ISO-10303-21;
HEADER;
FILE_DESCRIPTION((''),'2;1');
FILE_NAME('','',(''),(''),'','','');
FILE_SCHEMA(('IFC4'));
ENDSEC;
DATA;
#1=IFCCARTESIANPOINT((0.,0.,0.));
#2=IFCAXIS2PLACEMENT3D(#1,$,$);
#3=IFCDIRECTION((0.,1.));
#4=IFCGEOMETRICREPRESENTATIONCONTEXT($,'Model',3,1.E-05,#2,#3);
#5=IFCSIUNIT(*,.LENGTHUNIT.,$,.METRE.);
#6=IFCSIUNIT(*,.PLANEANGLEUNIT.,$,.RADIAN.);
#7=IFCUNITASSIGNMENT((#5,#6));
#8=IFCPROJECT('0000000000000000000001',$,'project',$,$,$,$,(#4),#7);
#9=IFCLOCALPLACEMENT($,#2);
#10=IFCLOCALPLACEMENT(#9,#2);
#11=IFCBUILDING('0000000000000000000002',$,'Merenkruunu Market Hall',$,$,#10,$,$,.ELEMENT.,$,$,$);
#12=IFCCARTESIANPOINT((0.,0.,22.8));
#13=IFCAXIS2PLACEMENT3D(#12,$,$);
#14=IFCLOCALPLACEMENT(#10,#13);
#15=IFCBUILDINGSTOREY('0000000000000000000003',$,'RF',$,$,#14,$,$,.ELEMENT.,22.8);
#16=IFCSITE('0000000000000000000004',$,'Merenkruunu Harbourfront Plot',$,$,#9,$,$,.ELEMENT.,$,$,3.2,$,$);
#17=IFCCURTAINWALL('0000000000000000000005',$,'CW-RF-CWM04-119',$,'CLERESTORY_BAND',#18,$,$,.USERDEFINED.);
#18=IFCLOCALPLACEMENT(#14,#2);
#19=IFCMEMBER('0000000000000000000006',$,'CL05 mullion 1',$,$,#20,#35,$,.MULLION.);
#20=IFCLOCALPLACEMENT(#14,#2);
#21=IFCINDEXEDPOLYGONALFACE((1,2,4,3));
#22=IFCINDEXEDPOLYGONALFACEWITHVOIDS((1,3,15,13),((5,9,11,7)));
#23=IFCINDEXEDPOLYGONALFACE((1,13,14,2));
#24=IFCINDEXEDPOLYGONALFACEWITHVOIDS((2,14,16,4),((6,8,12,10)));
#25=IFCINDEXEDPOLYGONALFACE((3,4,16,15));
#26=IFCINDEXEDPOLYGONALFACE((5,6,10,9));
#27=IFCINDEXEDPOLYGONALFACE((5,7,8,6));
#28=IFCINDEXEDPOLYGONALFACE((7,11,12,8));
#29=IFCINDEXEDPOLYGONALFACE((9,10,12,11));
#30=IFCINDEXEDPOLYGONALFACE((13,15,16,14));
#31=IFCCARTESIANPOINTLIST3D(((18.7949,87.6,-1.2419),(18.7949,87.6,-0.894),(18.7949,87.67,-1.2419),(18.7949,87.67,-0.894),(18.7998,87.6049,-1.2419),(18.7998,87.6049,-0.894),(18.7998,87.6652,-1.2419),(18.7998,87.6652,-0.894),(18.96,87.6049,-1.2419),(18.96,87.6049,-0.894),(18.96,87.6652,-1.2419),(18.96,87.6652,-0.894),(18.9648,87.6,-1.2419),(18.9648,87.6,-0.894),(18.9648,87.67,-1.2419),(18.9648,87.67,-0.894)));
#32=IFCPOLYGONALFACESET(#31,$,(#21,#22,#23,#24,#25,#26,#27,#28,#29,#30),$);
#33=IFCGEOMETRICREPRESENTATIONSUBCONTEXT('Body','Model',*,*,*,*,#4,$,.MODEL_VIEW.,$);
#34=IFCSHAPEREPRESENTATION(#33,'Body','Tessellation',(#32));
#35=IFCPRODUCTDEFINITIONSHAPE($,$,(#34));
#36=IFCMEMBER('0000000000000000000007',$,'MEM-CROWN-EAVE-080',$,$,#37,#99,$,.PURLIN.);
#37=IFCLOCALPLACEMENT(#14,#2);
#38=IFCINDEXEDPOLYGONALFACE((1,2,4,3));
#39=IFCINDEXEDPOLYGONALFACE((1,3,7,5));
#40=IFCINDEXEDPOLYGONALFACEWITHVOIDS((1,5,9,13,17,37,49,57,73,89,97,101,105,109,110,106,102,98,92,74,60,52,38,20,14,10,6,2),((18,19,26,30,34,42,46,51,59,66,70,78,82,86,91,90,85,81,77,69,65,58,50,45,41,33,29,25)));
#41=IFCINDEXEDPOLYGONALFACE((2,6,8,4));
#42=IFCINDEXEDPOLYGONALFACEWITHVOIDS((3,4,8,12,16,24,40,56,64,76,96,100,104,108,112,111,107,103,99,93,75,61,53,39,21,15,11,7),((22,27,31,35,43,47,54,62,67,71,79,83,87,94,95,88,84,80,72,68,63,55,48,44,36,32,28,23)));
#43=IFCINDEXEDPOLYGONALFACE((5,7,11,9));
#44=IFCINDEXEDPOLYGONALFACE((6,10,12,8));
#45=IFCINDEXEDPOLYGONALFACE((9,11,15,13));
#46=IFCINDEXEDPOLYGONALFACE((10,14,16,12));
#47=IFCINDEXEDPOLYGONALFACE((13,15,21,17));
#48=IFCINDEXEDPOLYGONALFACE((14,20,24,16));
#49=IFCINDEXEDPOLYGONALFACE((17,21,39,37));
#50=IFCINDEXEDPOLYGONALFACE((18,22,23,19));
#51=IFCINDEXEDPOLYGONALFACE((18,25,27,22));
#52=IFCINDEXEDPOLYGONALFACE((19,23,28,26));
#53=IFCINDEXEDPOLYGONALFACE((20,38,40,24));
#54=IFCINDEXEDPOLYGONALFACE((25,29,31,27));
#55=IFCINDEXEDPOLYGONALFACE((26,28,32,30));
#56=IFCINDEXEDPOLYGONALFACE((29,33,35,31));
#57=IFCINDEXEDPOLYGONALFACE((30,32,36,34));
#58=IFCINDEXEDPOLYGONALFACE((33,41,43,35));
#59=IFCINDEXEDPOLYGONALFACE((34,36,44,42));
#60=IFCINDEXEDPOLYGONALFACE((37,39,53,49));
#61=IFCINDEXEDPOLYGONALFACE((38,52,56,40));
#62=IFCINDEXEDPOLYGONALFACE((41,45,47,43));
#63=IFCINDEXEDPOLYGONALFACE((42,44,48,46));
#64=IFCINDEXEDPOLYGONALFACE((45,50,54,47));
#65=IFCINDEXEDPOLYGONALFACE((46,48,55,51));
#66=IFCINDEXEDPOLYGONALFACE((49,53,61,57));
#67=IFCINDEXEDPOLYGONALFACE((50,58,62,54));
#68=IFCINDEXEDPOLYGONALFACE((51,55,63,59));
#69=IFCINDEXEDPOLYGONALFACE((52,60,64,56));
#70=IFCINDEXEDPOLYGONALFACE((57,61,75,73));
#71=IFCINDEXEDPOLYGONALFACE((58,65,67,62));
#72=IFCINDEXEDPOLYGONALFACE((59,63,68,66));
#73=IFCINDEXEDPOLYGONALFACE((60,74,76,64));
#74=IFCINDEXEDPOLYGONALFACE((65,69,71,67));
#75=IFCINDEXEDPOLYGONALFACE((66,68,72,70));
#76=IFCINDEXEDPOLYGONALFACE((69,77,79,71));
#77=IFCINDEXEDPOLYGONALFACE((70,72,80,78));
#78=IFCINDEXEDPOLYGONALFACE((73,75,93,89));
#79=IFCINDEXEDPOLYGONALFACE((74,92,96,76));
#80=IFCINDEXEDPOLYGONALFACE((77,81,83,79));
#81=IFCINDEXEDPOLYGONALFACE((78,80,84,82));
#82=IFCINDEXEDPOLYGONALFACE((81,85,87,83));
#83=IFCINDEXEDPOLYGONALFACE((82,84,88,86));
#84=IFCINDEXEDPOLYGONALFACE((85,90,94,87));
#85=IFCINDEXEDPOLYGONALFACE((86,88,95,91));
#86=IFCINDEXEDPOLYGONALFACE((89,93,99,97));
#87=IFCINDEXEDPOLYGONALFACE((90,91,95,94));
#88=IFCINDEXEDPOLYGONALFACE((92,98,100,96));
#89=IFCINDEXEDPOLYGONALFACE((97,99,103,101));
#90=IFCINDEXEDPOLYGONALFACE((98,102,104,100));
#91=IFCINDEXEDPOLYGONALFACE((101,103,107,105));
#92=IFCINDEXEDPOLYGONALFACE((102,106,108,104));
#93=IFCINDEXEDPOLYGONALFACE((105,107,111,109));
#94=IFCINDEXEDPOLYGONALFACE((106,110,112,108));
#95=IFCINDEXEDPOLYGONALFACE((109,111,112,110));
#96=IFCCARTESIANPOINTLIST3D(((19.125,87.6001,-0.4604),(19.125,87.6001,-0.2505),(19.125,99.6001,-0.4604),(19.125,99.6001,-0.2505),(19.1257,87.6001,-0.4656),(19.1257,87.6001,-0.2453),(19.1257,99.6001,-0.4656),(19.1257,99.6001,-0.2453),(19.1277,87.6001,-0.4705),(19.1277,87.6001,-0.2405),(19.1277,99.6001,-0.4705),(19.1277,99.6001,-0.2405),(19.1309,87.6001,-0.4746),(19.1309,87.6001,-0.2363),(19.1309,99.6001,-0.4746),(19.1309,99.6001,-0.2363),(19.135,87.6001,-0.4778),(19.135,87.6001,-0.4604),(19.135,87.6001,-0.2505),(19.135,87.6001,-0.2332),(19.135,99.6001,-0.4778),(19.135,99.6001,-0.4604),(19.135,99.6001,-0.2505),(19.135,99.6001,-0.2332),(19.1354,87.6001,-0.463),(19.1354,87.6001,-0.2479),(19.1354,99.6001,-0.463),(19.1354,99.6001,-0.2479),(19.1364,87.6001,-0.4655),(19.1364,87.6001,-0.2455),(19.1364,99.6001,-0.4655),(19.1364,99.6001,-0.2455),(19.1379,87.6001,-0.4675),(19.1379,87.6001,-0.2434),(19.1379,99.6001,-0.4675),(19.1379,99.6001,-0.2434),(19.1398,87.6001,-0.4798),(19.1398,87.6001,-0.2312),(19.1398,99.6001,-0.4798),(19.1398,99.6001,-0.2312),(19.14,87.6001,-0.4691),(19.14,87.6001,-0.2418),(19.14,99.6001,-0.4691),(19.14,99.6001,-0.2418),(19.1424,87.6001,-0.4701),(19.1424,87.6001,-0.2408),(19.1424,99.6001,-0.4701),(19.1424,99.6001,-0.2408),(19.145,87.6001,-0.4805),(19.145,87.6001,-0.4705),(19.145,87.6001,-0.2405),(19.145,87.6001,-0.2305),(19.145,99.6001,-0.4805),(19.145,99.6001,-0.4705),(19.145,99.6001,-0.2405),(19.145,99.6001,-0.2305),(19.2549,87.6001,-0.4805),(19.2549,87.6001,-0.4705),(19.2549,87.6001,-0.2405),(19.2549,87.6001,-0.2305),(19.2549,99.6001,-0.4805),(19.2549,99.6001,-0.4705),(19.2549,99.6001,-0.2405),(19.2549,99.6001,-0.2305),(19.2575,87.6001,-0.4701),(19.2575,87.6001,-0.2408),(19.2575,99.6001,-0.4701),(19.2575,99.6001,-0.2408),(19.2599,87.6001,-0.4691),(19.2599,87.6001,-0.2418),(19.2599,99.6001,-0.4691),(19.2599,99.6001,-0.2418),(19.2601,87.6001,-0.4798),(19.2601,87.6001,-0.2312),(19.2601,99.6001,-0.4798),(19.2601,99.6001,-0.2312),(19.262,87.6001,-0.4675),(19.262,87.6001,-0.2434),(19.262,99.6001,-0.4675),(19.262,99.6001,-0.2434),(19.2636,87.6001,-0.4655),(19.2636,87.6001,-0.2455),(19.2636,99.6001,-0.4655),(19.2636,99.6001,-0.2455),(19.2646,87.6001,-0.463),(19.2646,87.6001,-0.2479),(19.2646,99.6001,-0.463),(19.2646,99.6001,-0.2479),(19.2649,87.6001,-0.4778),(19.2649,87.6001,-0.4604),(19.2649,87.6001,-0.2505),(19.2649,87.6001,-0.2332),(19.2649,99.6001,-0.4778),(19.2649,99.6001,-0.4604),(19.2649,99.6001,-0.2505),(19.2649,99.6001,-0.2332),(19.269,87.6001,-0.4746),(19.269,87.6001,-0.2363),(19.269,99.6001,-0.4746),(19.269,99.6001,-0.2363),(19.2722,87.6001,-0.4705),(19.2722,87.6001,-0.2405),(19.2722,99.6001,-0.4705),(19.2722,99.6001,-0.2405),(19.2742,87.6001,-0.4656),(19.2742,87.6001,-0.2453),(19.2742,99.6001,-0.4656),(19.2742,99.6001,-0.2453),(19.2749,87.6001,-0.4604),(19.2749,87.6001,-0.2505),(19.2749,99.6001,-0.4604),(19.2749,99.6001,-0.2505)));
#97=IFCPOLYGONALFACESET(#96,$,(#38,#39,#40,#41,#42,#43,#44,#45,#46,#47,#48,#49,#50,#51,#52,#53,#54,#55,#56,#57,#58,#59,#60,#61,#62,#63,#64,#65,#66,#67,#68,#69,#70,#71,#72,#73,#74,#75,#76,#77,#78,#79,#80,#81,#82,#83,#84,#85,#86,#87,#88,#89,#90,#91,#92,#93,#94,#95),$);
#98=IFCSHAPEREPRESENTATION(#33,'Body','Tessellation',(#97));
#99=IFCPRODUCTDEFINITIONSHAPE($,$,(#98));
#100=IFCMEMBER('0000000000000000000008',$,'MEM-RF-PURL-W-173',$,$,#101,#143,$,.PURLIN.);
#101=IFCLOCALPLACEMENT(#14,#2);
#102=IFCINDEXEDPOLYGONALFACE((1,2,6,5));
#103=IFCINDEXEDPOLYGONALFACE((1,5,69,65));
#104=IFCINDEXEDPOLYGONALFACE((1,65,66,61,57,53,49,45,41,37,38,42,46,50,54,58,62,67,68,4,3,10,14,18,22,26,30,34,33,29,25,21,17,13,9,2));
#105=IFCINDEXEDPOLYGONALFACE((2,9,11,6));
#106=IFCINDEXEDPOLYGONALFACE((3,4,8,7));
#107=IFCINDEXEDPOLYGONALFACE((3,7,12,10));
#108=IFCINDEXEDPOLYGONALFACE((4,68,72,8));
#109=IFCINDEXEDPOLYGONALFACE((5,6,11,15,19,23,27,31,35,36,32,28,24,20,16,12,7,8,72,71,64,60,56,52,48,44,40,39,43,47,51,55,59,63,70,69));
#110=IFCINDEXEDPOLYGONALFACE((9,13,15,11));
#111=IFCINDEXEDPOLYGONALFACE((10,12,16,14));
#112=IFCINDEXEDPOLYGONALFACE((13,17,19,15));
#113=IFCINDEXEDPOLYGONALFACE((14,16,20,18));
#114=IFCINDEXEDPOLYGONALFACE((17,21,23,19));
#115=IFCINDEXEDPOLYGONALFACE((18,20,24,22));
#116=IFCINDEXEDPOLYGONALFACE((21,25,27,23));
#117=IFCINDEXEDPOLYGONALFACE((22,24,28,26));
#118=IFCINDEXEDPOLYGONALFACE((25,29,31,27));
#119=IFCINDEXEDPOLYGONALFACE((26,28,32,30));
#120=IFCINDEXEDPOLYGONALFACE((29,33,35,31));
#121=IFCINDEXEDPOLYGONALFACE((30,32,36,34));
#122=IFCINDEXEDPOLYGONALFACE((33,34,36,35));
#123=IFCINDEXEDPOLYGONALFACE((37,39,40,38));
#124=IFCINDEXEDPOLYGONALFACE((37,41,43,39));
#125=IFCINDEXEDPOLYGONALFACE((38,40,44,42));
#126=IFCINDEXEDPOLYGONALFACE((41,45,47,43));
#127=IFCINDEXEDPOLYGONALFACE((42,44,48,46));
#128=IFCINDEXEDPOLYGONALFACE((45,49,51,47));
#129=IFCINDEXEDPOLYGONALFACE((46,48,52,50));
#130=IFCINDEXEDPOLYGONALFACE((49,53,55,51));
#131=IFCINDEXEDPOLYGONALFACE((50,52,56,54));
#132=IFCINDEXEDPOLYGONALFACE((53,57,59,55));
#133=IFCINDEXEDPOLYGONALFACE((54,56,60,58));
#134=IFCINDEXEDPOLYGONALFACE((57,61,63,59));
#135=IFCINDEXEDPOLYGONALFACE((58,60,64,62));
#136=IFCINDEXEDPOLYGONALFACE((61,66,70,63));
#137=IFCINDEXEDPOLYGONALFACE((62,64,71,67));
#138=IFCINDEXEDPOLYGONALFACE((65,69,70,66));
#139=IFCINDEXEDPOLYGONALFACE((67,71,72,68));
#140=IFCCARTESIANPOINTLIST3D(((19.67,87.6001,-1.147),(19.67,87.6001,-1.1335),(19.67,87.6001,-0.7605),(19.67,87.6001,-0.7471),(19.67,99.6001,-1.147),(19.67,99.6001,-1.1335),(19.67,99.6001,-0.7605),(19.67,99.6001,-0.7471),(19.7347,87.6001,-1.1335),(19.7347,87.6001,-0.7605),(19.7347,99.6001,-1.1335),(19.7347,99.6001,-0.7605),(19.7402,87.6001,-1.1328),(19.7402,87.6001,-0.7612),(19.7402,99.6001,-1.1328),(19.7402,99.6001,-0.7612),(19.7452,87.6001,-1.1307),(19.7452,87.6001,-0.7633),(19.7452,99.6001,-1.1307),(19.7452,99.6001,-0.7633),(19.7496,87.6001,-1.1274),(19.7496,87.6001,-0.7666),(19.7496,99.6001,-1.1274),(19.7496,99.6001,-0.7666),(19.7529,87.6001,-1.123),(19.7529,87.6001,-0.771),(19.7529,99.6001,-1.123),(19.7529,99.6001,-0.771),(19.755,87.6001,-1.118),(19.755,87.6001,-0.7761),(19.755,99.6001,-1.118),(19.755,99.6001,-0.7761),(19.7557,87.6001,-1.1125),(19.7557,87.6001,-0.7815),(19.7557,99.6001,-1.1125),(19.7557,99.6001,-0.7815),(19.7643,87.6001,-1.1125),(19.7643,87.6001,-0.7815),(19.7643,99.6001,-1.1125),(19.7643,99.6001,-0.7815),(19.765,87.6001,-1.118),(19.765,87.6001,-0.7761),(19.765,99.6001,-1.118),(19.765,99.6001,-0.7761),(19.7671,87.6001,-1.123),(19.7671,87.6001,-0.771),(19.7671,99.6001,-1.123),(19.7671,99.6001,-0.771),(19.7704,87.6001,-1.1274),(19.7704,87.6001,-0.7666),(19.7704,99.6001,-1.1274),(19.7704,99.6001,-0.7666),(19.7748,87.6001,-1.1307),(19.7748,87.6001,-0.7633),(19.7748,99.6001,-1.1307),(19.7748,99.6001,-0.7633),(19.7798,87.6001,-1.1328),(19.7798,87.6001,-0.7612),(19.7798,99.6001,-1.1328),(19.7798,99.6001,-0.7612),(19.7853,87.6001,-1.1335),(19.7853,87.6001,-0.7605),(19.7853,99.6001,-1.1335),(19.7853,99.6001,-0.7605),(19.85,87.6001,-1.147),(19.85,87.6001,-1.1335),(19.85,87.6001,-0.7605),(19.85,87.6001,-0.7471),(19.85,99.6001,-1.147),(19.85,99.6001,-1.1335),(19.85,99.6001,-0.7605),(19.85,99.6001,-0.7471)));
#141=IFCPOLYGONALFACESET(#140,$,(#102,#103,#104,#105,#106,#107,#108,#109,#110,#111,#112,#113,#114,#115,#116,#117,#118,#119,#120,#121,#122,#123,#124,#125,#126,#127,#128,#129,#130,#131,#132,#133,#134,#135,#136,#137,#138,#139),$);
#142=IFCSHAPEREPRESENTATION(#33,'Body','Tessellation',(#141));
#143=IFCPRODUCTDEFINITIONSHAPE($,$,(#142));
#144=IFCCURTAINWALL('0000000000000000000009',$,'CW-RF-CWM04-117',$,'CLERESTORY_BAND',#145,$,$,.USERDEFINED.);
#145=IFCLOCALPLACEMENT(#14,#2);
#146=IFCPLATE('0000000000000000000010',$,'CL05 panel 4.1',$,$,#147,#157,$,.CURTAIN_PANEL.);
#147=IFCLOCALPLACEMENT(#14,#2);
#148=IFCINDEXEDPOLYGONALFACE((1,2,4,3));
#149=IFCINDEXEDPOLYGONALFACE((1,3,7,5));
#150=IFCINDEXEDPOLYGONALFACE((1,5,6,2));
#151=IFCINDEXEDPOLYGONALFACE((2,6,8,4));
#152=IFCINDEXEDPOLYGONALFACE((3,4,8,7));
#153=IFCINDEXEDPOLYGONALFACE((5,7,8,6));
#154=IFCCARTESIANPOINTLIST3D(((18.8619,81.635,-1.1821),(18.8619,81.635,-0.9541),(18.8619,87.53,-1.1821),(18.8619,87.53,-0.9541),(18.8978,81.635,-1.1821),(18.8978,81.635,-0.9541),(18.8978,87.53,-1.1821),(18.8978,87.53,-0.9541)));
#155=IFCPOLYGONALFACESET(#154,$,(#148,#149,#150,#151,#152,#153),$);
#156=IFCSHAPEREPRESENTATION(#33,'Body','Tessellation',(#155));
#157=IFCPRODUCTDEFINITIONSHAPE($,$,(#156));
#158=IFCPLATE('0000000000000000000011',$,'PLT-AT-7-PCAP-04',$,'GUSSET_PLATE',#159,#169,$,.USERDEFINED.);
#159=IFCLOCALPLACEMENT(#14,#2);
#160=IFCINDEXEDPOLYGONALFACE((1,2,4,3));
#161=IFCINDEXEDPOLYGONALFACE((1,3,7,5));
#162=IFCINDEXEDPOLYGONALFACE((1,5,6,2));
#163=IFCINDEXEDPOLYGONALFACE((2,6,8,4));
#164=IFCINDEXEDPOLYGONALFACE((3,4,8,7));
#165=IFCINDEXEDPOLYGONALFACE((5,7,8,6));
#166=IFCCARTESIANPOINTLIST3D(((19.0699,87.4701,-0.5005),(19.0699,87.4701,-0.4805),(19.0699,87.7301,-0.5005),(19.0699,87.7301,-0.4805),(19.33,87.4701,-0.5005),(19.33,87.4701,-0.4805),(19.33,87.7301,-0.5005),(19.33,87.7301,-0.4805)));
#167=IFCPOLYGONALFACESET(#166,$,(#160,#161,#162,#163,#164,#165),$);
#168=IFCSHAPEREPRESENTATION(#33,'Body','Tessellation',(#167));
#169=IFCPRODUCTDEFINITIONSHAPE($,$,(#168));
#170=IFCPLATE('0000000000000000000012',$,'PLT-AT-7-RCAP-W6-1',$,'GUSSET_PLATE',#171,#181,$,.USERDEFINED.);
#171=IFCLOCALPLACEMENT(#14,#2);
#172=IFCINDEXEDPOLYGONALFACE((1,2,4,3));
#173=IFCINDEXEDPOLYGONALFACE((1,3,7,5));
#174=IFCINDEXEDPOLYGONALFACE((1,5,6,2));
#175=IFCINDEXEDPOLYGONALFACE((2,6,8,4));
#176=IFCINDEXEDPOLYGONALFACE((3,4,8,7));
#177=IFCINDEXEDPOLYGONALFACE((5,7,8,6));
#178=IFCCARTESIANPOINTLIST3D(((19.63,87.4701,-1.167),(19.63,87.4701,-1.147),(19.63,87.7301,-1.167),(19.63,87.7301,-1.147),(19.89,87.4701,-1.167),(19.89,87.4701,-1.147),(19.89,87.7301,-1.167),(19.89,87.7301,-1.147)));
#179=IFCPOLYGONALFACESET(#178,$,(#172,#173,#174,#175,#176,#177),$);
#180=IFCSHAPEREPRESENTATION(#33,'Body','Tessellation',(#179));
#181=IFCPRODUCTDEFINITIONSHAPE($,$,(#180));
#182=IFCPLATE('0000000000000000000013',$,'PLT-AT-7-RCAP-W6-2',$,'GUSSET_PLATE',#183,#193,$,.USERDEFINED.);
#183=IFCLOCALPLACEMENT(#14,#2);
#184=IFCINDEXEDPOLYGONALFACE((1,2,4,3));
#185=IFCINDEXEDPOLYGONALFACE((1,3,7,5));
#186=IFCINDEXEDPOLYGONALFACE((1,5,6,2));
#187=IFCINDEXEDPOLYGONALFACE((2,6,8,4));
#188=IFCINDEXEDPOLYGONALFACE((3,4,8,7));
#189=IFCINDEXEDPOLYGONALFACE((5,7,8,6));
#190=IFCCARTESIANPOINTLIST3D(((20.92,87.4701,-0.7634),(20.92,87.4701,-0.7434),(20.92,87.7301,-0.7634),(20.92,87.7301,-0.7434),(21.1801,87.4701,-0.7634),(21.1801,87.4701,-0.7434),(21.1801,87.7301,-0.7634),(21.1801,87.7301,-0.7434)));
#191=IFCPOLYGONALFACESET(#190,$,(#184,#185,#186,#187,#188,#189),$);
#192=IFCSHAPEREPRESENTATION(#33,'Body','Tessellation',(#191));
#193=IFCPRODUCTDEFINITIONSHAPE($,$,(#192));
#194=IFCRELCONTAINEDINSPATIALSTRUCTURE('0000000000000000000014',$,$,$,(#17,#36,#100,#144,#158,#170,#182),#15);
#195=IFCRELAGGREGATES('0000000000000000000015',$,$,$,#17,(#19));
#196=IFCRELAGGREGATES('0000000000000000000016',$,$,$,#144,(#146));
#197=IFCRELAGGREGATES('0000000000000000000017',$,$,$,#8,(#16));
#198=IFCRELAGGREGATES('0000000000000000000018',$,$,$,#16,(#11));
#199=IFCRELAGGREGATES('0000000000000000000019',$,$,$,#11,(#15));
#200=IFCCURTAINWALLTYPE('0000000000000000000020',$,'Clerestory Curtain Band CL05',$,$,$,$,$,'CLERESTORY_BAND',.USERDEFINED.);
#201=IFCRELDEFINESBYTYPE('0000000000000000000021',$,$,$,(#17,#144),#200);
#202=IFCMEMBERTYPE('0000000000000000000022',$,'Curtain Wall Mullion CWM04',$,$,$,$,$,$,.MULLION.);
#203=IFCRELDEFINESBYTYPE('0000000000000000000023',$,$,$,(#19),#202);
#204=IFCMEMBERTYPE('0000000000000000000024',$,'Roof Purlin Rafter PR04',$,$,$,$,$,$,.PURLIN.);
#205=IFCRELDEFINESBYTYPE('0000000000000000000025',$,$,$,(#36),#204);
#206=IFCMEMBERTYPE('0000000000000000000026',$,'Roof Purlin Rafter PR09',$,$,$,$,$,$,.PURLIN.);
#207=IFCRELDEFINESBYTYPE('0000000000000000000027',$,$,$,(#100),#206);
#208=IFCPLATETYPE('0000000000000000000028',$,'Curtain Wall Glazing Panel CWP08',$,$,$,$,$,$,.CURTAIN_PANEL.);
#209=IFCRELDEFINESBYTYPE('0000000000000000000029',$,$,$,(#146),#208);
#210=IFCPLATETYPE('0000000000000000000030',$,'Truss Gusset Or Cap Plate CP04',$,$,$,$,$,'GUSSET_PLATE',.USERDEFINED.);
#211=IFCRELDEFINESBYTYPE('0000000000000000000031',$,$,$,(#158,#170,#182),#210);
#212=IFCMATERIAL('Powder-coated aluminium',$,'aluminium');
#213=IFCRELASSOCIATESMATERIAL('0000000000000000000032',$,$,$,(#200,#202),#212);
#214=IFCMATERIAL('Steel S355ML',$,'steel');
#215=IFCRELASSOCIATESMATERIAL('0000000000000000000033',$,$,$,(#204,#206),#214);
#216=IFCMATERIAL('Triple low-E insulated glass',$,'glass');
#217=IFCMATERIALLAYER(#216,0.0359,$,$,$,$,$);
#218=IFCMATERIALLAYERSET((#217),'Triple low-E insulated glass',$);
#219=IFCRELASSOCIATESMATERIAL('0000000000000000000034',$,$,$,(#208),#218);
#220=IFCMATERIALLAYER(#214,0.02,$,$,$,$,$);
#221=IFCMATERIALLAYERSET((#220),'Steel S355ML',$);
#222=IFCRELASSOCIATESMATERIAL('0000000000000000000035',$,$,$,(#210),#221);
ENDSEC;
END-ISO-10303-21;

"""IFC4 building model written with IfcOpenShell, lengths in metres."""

from ifc_helpers import new_model, si_unit, direction, frame, origin, origin_2d, place, context, subcontext, project, spatial, rectangle, hollow_rectangle, i_section, extrude, material, layer, layer_set, material_profile, profile_set, type_object, element, aggregate, save


model = new_model("IFC4")

# Units and contexts
model_context = context("Model", 3, precision=1e-05, world=origin(), true_north=direction((0.0, 1.0)))
body_context = subcontext(model_context, "Body", "Model", "MODEL_VIEW")
ifc_project = project(units=[si_unit("LENGTHUNIT", "METRE"), si_unit("PLANEANGLEUNIT", "RADIAN")], contexts=[model_context])

# Site, building, storey
site_placement = place(None, origin())
site = spatial("IfcSite", under=ifc_project, at=site_placement, Name="Merenkruunu Harbourfront Plot", CompositionType="ELEMENT", RefElevation=3.2)
building_placement = place(site_placement, origin())
building = spatial("IfcBuilding", under=site, at=building_placement, Name="Merenkruunu Market Hall", CompositionType="ELEMENT")
storey_placement = place(building_placement, frame((0.0, 0.0, 22.8)))
storey = spatial("IfcBuildingStorey", under=building, at=storey_placement, Name="RF", CompositionType="ELEMENT", Elevation=22.8)

# Curtain wall, member
ifc_material_1 = material(Name="Powder-coated aluminium", Category="aluminium")
curtain_wall_type = type_object("IfcCurtainWallType", Name="Clerestory Curtain Band CL05", ElementType="CLERESTORY_BAND", PredefinedType="USERDEFINED", material=ifc_material_1)
curtain_wall_1_placement = place(storey_placement, origin())
curtain_wall_1 = element("IfcCurtainWall", 1, at=curtain_wall_1_placement, inside=storey, type_object=curtain_wall_type, Name="CW-RF-CWM04-119", ObjectType="CLERESTORY_BAND", PredefinedType="USERDEFINED")
ifc_material_profile_1 = material_profile(ifc_material_1, hollow_rectangle(XDim=0.0701, YDim=0.1699, WallThickness=0.0049, at=origin_2d()), Name="ALU 70x170x5")
ifc_profile_set_1 = profile_set([ifc_material_profile_1], Name="Powder-coated aluminium")
member_type_1 = type_object("IfcMemberType", Name="Curtain Wall Mullion CWM04", PredefinedType="MULLION", material=ifc_profile_set_1)
member_1_placement = place(storey_placement, frame((18.8799, 87.635, -1.2419), z_axis=(0.0, 0.0, 1.0), x_axis=(0.0, 1.0, 0.0)))
member_1 = element("IfcMember", 2, at=member_1_placement, type_object=member_type_1, Name="CL05 mullion 1", PredefinedType="MULLION", context=body_context, shape_type="SweptSolid", body=[
    extrude(hollow_rectangle(XDim=0.0701, YDim=0.1699, WallThickness=0.0049, at=origin_2d()), origin(), (0.0, 0.0, 1.0), 0.3479),
])
aggregate(curtain_wall_1, [member_1])

# Members
ifc_material_2 = material(Name="Steel S355ML", Category="steel")
ifc_material_profile_2 = material_profile(ifc_material_2, hollow_rectangle(XDim=0.1499, YDim=0.25, WallThickness=0.01, InnerFilletRadius=0.01, OuterFilletRadius=0.02, at=origin_2d()), Name="RHS 250x150x10")
ifc_profile_set_2 = profile_set([ifc_material_profile_2], Name="Steel S355ML")
member_type_2 = type_object("IfcMemberType", Name="Roof Purlin Rafter PR04", PredefinedType="PURLIN", material=ifc_profile_set_2)
member_2_placement = place(storey_placement, frame((19.2, 87.6001, -0.3555), z_axis=(0.0, 1.0, 0.0), x_axis=(-1.0, 0.0, 0.0)))
element("IfcMember", 3, at=member_2_placement, inside=storey, type_object=member_type_2, Name="MEM-CROWN-EAVE-080", PredefinedType="PURLIN", context=body_context, shape_type="SweptSolid", body=[
    extrude(hollow_rectangle(XDim=0.1499, YDim=0.25, WallThickness=0.01, InnerFilletRadius=0.01, OuterFilletRadius=0.02, at=origin_2d()), origin(), (0.0, 0.0, 1.0), 12.0),
])
ifc_material_profile_3 = material_profile(ifc_material_2, i_section(OverallWidth=0.1799, OverallDepth=0.3999, WebThickness=0.0085, FlangeThickness=0.0134, FilletRadius=0.021, at=origin_2d()), Name="IPE 400")
ifc_profile_set_3 = profile_set([ifc_material_profile_3], Name="Steel S355ML")
member_type_3 = type_object("IfcMemberType", Name="Roof Purlin Rafter PR09", PredefinedType="PURLIN", material=ifc_profile_set_3)
member_3_placement = place(storey_placement, frame((19.76, 87.6001, -0.947), z_axis=(0.0, 1.0, 0.0), x_axis=(-1.0, 0.0, 0.0)))
element("IfcMember", 4, at=member_3_placement, inside=storey, type_object=member_type_3, Name="MEM-RF-PURL-W-173", PredefinedType="PURLIN", context=body_context, shape_type="SweptSolid", body=[
    extrude(i_section(OverallWidth=0.1799, OverallDepth=0.3999, WebThickness=0.0085, FlangeThickness=0.0134, FilletRadius=0.021, at=origin_2d()), origin(), (0.0, 0.0, 1.0), 12.0),
])

# Curtain wall, plate
curtain_wall_2_placement = place(storey_placement, origin())
curtain_wall_2 = element("IfcCurtainWall", 5, at=curtain_wall_2_placement, inside=storey, type_object=curtain_wall_type, Name="CW-RF-CWM04-117", ObjectType="CLERESTORY_BAND", PredefinedType="USERDEFINED")
ifc_material_3 = material(Name="Triple low-E insulated glass", Category="glass")
ifc_layer_1 = layer(ifc_material_3, 0.0359)
ifc_layer_set_1 = layer_set([ifc_layer_1], Name="Triple low-E insulated glass")
plate_type_1 = type_object("IfcPlateType", Name="Curtain Wall Glazing Panel CWP08", PredefinedType="CURTAIN_PANEL", material=ifc_layer_set_1)
plate_placement = place(storey_placement, frame((18.8799, 84.5825, -1.1821), z_axis=(0.0, 0.0, 1.0), x_axis=(0.0, 1.0, 0.0)))
plate = element("IfcPlate", 6, at=plate_placement, type_object=plate_type_1, Name="CL05 panel 4.1", PredefinedType="CURTAIN_PANEL", context=body_context, shape_type="SweptSolid", body=[
    extrude(rectangle(XDim=5.895, YDim=0.0359, at=origin_2d()), origin(), (0.0, 0.0, 1.0), 0.228),
])
aggregate(curtain_wall_2, [plate])

# Plates
ifc_layer_2 = layer(ifc_material_2, 0.02)
ifc_layer_set_2 = layer_set([ifc_layer_2], Name="Steel S355ML")
plate_type_2 = type_object("IfcPlateType", Name="Truss Gusset Or Cap Plate CP04", ElementType="GUSSET_PLATE", PredefinedType="USERDEFINED", material=ifc_layer_set_2)
for number, where, z_axis, x_axis, name in (
    (7, (19.2, 87.6001, -0.5005), (0.0, 0.0, 1.0), (1.0, 0.0, 0.0), "PLT-AT-7-PCAP-04"),
    (8, (19.76, 87.6001, -1.167), (0.0, 0.0, 1.0), (1.0, 0.0, 0.0), "PLT-AT-7-RCAP-W6-1"),
    (9, (21.05, 87.6001, -0.7634), (0.0, 0.0, 1.0), (1.0, 0.0, 0.0), "PLT-AT-7-RCAP-W6-2"),
):
    element("IfcPlate", number, at=place(storey_placement, frame(where, z_axis=z_axis, x_axis=x_axis)), inside=storey, type_object=plate_type_2, Name=name, ObjectType="GUSSET_PLATE", PredefinedType="USERDEFINED", context=body_context, shape_type="SweptSolid", body=[
        extrude(rectangle(XDim=0.26, YDim=0.26, at=origin_2d()), origin(), (0.0, 0.0, 1.0), 0.02),
    ])

save(model, "model.ifc")
